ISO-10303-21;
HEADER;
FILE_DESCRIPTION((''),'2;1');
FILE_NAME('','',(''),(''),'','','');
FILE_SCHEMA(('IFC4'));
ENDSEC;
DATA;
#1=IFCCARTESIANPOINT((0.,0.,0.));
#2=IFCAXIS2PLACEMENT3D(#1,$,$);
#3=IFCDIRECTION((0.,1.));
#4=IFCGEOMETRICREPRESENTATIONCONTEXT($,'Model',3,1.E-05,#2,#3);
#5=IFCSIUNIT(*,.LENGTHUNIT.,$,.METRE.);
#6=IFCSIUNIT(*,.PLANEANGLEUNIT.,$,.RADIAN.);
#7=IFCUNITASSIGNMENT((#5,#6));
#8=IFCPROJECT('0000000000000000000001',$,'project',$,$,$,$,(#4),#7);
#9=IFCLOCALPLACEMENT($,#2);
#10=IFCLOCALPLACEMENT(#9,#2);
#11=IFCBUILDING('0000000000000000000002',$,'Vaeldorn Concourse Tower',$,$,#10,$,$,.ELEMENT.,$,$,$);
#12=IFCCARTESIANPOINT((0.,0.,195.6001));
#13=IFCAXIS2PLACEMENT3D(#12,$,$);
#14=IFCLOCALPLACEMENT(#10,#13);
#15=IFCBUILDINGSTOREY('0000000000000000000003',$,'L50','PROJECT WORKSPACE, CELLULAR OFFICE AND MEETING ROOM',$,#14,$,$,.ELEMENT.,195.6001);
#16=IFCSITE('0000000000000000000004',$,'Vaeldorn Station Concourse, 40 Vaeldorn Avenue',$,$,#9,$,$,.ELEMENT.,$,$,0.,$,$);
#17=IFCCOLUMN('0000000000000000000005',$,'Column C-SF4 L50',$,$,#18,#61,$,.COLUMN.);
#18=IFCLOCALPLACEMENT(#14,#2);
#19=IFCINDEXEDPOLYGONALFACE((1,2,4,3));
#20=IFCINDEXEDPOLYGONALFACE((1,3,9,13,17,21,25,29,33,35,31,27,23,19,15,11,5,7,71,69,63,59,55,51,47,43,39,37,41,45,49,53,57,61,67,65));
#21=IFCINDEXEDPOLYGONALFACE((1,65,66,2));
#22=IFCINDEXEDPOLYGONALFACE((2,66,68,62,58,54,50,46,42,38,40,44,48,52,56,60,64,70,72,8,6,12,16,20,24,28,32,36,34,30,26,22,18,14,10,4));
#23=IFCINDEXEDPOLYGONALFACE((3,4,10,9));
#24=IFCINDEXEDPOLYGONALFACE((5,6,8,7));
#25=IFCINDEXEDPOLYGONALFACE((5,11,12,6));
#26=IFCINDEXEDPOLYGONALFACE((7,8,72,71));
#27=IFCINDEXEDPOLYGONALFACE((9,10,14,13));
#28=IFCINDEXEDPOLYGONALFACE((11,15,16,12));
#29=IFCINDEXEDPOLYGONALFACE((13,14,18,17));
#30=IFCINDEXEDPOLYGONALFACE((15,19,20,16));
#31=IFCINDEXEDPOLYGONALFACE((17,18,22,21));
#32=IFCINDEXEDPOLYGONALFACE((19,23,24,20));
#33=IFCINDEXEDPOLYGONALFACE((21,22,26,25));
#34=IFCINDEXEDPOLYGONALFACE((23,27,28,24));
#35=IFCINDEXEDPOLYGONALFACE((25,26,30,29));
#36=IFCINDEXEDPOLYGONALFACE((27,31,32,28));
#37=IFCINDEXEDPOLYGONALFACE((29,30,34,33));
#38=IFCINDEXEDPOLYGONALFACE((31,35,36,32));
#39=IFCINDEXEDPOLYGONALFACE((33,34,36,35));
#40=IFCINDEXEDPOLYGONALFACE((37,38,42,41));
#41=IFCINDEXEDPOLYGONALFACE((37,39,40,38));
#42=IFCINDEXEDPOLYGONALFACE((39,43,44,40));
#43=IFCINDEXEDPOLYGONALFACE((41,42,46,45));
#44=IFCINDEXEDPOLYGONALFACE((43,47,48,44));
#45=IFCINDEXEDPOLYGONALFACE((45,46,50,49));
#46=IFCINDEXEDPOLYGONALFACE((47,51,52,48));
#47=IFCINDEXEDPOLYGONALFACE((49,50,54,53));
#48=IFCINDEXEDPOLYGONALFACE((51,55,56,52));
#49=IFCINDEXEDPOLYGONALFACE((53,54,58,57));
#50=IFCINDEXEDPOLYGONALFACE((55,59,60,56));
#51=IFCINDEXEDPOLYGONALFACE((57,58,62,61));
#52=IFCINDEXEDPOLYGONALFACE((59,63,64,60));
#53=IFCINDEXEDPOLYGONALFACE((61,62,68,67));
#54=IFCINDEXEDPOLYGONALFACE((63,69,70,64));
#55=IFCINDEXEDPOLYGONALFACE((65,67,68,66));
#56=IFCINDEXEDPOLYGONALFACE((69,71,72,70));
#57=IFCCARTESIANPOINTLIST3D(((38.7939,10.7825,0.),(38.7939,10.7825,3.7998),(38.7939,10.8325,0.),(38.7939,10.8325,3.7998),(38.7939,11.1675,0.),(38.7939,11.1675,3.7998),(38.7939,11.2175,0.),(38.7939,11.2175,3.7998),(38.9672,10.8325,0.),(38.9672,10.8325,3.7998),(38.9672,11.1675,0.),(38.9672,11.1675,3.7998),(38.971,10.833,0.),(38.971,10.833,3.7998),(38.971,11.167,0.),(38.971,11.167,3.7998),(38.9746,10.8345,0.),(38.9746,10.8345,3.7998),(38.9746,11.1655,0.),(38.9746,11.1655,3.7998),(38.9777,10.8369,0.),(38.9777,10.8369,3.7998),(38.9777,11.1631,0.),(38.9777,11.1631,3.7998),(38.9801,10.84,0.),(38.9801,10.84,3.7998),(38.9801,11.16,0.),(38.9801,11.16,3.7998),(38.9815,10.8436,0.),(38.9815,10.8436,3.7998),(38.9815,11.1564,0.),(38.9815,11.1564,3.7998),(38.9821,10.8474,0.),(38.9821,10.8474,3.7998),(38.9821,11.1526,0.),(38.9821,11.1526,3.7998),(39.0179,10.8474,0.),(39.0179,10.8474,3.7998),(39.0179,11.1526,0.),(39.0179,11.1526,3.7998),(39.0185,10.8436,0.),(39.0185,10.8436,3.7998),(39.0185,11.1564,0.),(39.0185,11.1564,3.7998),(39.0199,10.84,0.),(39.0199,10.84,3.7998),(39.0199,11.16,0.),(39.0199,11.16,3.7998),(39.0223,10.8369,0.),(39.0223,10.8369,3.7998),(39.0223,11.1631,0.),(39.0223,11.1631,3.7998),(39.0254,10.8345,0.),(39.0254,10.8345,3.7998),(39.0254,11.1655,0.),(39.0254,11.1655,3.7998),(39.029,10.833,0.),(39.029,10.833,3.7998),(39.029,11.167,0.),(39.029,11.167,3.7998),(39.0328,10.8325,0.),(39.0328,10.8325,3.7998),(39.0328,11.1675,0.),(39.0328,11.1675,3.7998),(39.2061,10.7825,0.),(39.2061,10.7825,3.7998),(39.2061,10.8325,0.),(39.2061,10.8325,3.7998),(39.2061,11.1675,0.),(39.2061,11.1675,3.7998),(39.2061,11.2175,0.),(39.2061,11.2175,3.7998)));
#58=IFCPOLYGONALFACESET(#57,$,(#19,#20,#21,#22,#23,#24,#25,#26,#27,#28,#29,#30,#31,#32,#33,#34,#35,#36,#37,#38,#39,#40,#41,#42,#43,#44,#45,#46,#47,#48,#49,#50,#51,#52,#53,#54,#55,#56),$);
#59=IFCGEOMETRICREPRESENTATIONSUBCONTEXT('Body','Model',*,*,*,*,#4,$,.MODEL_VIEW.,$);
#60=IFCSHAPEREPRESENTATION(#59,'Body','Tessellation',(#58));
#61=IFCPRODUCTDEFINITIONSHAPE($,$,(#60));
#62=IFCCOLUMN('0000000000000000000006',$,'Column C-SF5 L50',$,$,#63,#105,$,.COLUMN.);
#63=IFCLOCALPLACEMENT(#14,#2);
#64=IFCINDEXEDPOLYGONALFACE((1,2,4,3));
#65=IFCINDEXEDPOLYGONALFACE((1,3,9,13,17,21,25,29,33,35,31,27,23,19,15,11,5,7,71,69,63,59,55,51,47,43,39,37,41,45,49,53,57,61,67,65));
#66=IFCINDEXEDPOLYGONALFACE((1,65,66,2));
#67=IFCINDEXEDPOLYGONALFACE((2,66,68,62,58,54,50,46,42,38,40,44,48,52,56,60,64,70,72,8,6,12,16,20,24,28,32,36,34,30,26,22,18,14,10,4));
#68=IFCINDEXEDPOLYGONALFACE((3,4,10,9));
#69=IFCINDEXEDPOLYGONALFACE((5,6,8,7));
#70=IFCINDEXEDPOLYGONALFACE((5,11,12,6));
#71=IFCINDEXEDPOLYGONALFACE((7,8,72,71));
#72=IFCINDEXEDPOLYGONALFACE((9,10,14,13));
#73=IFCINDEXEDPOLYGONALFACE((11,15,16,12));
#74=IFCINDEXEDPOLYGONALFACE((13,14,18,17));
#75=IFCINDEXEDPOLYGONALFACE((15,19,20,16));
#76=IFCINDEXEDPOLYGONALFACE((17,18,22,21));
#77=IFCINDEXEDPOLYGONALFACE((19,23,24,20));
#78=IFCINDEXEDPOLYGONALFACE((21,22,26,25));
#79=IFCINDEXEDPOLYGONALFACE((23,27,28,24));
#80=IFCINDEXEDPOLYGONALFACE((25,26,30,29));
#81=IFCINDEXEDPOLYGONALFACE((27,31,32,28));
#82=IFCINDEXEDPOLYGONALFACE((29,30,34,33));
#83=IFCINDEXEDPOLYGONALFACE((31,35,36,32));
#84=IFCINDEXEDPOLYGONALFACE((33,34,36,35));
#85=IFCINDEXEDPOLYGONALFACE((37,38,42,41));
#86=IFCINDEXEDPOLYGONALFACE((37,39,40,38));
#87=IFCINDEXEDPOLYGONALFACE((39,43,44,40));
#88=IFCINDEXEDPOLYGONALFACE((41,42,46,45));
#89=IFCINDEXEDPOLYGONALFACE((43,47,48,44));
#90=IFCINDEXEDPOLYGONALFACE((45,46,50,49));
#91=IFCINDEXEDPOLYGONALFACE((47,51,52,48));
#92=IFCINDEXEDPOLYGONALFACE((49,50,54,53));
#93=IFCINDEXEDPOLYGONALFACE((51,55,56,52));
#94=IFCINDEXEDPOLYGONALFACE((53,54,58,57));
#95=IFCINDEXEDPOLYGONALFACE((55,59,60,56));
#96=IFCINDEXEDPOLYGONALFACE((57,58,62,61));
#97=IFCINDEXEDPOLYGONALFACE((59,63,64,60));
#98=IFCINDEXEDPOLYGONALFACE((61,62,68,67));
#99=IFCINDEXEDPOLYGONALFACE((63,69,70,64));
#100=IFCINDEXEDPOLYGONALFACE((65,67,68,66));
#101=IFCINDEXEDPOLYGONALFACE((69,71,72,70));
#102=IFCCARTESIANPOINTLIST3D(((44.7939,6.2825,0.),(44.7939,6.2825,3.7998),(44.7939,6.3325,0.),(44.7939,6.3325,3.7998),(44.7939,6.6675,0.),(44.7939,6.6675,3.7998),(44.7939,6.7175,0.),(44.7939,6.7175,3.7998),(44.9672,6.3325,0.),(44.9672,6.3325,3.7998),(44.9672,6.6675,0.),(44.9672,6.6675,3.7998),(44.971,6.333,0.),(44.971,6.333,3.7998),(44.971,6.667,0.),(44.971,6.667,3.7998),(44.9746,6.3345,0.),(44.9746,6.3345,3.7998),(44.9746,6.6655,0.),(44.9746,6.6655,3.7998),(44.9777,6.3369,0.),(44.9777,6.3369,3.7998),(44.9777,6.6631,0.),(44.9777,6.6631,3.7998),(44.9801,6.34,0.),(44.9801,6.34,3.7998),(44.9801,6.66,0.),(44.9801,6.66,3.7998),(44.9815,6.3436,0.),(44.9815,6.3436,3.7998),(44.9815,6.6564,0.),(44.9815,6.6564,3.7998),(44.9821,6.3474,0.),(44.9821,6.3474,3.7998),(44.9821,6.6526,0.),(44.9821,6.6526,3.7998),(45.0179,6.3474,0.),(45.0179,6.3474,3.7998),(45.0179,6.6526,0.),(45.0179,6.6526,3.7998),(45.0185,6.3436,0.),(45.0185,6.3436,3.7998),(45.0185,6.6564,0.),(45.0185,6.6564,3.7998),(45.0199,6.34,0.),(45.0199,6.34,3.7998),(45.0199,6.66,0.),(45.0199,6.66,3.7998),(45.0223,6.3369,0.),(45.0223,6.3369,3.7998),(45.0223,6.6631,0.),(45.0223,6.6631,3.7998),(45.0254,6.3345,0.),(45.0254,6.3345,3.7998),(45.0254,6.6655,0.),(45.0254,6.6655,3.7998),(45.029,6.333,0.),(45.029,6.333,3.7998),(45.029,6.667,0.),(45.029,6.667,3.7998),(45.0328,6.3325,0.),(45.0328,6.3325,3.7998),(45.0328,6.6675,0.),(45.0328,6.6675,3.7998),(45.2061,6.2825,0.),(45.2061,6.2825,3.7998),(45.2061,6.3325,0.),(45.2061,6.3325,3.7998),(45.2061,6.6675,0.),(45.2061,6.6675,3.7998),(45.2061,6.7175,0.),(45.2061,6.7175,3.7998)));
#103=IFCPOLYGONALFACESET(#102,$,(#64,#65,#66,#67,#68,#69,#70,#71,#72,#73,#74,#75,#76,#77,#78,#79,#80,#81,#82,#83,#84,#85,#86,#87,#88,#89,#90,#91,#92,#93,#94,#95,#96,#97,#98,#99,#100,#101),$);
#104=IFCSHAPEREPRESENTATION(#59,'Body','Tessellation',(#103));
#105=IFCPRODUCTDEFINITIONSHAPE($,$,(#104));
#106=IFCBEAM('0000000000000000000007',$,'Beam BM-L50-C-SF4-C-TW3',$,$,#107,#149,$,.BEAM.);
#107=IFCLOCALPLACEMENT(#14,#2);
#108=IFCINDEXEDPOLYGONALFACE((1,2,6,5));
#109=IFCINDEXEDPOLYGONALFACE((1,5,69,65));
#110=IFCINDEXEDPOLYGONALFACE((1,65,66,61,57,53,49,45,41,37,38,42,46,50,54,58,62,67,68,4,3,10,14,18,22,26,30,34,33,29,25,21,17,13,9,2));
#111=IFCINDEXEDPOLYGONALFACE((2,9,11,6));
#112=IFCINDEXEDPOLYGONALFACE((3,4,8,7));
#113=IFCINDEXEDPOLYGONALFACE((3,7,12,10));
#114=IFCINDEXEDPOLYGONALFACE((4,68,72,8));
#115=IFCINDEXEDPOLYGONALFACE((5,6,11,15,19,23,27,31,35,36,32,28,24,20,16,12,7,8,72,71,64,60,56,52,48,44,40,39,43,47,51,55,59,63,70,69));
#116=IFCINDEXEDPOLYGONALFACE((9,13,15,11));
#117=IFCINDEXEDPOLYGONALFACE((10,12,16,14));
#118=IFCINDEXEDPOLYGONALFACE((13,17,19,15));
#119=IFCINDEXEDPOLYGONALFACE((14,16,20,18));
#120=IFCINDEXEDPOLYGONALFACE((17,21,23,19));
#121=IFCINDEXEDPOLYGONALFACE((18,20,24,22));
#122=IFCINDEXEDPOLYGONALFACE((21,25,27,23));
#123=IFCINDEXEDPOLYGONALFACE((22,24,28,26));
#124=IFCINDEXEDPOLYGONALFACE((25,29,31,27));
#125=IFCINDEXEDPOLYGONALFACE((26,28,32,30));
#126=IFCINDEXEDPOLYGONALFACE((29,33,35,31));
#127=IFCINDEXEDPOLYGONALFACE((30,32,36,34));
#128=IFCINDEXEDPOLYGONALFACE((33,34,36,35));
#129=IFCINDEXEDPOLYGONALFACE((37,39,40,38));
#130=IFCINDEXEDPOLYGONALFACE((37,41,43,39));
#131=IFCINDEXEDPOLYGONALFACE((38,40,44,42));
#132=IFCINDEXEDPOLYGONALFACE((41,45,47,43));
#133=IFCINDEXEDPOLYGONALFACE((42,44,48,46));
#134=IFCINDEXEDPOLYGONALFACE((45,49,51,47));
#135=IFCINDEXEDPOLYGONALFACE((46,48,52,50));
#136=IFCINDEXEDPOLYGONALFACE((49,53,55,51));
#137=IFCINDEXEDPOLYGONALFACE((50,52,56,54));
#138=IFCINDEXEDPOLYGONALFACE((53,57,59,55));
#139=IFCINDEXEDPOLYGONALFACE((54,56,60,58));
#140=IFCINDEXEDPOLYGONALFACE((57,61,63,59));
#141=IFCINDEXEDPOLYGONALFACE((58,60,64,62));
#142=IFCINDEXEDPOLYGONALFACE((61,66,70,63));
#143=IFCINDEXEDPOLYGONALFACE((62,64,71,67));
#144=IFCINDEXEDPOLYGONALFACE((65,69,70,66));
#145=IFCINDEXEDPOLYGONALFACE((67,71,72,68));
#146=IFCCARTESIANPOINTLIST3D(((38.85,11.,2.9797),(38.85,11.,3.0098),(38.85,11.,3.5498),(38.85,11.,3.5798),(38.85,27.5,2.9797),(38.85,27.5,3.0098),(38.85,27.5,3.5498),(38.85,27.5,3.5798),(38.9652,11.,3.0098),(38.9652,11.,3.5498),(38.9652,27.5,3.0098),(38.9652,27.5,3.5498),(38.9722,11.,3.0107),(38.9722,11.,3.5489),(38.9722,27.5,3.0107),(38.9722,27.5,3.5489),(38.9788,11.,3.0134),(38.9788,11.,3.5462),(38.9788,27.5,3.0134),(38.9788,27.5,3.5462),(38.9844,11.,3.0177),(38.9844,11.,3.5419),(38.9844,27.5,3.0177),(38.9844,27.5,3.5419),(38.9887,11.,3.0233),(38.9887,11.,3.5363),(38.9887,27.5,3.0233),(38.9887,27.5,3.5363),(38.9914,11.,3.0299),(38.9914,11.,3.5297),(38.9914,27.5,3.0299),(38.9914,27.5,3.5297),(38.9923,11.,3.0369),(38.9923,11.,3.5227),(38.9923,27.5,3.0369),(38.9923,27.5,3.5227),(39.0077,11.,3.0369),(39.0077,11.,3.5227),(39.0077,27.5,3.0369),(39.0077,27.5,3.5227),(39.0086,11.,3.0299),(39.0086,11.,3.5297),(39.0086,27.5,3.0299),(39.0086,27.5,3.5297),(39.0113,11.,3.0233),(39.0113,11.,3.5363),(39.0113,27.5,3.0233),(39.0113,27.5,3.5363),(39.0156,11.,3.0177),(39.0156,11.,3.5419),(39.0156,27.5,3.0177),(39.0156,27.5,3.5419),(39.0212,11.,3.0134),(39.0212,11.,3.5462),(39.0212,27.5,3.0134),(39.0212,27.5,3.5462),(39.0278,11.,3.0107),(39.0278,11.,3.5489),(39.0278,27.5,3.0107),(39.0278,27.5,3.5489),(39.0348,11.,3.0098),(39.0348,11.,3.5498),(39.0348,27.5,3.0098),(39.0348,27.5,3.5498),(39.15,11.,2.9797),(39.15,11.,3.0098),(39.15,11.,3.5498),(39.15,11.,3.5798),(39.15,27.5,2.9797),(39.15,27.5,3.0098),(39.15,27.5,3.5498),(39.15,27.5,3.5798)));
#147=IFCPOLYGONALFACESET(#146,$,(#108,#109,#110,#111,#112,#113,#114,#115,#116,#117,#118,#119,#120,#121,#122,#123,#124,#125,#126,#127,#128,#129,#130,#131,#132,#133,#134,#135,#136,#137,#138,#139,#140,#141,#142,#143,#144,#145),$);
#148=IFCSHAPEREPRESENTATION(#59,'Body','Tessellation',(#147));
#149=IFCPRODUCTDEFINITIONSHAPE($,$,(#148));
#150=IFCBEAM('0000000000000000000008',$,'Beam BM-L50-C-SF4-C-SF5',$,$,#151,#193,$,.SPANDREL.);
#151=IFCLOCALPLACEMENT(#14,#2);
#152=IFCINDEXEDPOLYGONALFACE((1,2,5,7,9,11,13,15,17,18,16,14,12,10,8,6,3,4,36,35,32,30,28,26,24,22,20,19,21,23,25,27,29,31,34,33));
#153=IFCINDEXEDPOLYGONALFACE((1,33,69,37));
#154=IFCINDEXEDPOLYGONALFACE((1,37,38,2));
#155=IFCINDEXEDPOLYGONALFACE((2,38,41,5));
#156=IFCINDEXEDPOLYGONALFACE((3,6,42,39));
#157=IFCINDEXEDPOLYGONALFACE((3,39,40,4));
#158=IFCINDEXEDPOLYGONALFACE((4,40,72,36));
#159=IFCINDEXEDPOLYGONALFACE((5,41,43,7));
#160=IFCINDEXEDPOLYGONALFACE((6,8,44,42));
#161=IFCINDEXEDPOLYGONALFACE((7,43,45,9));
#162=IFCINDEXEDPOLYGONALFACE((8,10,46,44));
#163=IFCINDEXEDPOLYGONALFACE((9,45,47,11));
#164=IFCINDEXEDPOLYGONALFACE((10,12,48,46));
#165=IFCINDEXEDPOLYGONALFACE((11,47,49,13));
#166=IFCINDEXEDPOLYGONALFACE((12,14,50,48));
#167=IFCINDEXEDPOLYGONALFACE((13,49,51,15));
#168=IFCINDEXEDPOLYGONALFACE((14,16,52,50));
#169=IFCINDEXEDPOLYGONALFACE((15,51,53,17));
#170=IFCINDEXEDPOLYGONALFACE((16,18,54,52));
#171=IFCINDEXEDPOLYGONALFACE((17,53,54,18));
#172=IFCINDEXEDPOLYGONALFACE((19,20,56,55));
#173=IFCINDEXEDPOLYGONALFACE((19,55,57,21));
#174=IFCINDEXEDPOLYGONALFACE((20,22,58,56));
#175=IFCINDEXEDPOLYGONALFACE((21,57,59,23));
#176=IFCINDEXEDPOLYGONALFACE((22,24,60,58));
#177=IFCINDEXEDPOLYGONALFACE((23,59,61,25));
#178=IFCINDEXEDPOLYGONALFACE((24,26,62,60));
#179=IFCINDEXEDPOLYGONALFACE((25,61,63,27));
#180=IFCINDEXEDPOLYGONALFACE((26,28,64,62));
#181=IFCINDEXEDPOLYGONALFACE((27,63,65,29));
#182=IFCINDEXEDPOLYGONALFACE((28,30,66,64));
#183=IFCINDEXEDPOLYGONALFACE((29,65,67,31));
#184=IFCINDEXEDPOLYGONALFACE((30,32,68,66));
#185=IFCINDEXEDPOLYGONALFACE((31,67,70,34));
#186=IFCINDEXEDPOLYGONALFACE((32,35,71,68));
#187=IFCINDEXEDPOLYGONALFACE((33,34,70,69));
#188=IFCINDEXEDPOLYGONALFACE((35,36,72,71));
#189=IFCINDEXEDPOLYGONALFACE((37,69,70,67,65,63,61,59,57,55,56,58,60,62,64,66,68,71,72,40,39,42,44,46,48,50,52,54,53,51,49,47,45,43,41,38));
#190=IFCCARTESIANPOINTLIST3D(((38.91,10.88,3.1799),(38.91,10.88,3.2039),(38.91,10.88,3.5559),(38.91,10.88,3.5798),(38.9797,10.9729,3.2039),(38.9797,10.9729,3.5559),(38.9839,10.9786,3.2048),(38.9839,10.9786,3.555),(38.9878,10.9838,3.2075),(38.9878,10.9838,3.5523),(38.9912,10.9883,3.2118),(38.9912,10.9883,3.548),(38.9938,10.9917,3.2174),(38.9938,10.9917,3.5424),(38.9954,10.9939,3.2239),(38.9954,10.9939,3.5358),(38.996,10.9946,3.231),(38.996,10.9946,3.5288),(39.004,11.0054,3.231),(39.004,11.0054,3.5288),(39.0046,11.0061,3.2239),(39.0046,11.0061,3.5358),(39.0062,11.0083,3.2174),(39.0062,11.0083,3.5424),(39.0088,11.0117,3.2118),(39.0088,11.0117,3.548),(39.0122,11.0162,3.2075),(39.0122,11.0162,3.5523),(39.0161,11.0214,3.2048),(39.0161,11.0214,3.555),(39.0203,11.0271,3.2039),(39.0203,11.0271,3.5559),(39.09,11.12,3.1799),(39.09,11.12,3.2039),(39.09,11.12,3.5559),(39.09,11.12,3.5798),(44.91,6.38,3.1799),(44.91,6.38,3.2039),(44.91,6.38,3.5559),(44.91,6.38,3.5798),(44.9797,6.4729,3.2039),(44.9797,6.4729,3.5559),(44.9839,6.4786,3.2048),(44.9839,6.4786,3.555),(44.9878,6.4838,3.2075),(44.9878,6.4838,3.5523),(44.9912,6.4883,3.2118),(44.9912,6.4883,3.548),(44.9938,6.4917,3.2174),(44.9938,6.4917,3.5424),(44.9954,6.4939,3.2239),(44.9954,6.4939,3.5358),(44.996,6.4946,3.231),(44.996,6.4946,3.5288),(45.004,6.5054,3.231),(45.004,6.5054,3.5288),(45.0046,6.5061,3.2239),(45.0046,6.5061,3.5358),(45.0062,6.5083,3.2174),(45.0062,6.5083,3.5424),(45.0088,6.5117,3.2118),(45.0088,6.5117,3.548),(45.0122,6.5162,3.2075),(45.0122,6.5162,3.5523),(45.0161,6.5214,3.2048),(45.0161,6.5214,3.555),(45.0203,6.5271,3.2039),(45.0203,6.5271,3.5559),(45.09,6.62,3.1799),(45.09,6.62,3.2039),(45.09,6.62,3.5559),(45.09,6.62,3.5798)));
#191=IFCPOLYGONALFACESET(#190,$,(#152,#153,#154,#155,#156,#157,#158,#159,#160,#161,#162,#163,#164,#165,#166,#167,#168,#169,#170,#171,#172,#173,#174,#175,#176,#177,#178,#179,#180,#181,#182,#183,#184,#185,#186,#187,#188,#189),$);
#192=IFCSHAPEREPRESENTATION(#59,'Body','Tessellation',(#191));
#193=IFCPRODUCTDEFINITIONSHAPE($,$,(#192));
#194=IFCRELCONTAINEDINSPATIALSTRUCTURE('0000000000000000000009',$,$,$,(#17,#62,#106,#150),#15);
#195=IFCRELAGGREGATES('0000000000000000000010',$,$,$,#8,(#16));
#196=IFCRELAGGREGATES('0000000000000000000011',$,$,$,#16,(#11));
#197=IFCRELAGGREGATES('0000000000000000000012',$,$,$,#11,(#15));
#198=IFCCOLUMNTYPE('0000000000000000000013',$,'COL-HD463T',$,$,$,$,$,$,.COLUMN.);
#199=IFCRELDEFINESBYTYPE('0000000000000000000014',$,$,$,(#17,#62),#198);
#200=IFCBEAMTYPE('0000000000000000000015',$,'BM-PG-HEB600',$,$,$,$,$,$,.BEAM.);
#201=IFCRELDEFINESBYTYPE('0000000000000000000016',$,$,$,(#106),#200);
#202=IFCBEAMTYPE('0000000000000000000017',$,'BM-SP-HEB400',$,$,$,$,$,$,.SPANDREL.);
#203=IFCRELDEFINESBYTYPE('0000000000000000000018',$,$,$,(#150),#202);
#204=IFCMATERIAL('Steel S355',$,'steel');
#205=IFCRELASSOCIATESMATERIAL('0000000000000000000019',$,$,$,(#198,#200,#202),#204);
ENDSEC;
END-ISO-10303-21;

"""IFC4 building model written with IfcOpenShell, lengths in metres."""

from ifc_helpers import new_model, si_unit, direction, frame, origin, origin_2d, place, context, subcontext, project, spatial, i_section, extrude, source, transform, mapped, material, material_profile, profile_set, type_object, element, save


model = new_model("IFC4")

# Units and contexts
model_context = context("Model", 3, precision=1e-05, world=origin(), true_north=direction((0.0, 1.0)))
body_context = subcontext(model_context, "Body", "Model", "MODEL_VIEW")
ifc_project = project(units=[si_unit("LENGTHUNIT", "METRE"), si_unit("PLANEANGLEUNIT", "RADIAN")], contexts=[model_context])

# Site, building, storey
site_placement = place(None, origin())
site = spatial("IfcSite", under=ifc_project, at=site_placement, Name="Vaeldorn Station Concourse, 40 Vaeldorn Avenue", CompositionType="ELEMENT", RefElevation=0.0)
building_placement = place(site_placement, origin())
building = spatial("IfcBuilding", under=site, at=building_placement, Name="Vaeldorn Concourse Tower", CompositionType="ELEMENT")
storey_placement = place(building_placement, frame((0.0, 0.0, 195.6001)))
storey = spatial("IfcBuildingStorey", under=building, at=storey_placement, Name="L50", Description="PROJECT WORKSPACE, CELLULAR OFFICE AND MEETING ROOM", CompositionType="ELEMENT", Elevation=195.6001)

# Columns
ifc_material_1 = material(Name="Steel S355", Category="steel")
ifc_material_profile_1 = material_profile(ifc_material_1, i_section(OverallWidth=0.4121, OverallDepth=0.4351, WebThickness=0.0359, FlangeThickness=0.05, FilletRadius=0.0149, at=origin_2d()), Name="HD 400x463")
ifc_profile_set_1 = profile_set([ifc_material_profile_1], Name="Steel S355")
column_type = type_object("IfcColumnType", Name="COL-HD463T", PredefinedType="COLUMN", material=ifc_profile_set_1)
shared_shape_1 = source(origin(), body_context, "Body", "SweptSolid", [
    extrude(i_section(OverallWidth=0.4121, OverallDepth=0.4351, WebThickness=0.0359, FlangeThickness=0.05, FilletRadius=0.0149, at=origin_2d()), origin(), (0.0, 0.0, 1.0), 3.7998),
])
for number, where, z_axis, x_axis, name in (
    (1, (39.0, 11.0, 0.0), (0.0, 0.0, 1.0), (1.0, 0.0, 0.0), "Column C-SF4 L50"),
    (2, (45.0, 6.5, 0.0), (0.0, 0.0, 1.0), (1.0, 0.0, 0.0), "Column C-SF5 L50"),
):
    element("IfcColumn", number, at=place(storey_placement, frame(where, z_axis=z_axis, x_axis=x_axis)), inside=storey, type_object=column_type, Name=name, PredefinedType="COLUMN", context=body_context, shape_type="MappedRepresentation", body=[
        mapped(shared_shape_1, transform((0.0, 0.0, 0.0), scale=1.0)),
    ])

# Beams
ifc_material_profile_2 = material_profile(ifc_material_1, i_section(OverallWidth=0.3, OverallDepth=0.6001, WebThickness=0.0154, FlangeThickness=0.03, FilletRadius=0.0271, at=origin_2d()), Name="HEB 600")
ifc_profile_set_2 = profile_set([ifc_material_profile_2], Name="Steel S355")
beam_type_1 = type_object("IfcBeamType", Name="BM-PG-HEB600", PredefinedType="BEAM", material=ifc_profile_set_2)
shared_shape_2 = source(origin(), body_context, "Body", "SweptSolid", [
    extrude(i_section(OverallWidth=0.3, OverallDepth=0.6001, WebThickness=0.0154, FlangeThickness=0.03, FilletRadius=0.0271, at=origin_2d()), origin(), (0.0, 0.0, 1.0), 16.5),
])
beam_1_placement = place(storey_placement, frame((39.0, 11.0, 3.2798), z_axis=(0.0, 1.0, 0.0), x_axis=(-1.0, 0.0, 0.0)))
element("IfcBeam", 3, at=beam_1_placement, inside=storey, type_object=beam_type_1, Name="Beam BM-L50-C-SF4-C-TW3", PredefinedType="BEAM", context=body_context, shape_type="MappedRepresentation", body=[
    mapped(shared_shape_2, transform((0.0, 0.0, 0.0), scale=1.0)),
])
ifc_material_profile_3 = material_profile(ifc_material_1, i_section(OverallWidth=0.3, OverallDepth=0.3999, WebThickness=0.0134, FlangeThickness=0.0239, FilletRadius=0.0271, at=origin_2d()), Name="HEB 400")
ifc_profile_set_3 = profile_set([ifc_material_profile_3], Name="Steel S355")
beam_type_2 = type_object("IfcBeamType", Name="BM-SP-HEB400", PredefinedType="SPANDREL", material=ifc_profile_set_3)
shared_shape_3 = source(origin(), body_context, "Body", "SweptSolid", [
    extrude(i_section(OverallWidth=0.3, OverallDepth=0.3999, WebThickness=0.0134, FlangeThickness=0.0239, FilletRadius=0.0271, at=origin_2d()), origin(), (0.0, 0.0, 1.0), 7.5),
])
beam_2_placement = place(storey_placement, frame((39.0, 11.0, 3.3799), z_axis=(0.8, -0.6, 0.0), x_axis=(0.6, 0.8, 0.0)))
element("IfcBeam", 4, at=beam_2_placement, inside=storey, type_object=beam_type_2, Name="Beam BM-L50-C-SF4-C-SF5", PredefinedType="SPANDREL", context=body_context, shape_type="MappedRepresentation", body=[
    mapped(shared_shape_3, transform((0.0, 0.0, 0.0), scale=1.0)),
])

save(model, "model.ifc")
